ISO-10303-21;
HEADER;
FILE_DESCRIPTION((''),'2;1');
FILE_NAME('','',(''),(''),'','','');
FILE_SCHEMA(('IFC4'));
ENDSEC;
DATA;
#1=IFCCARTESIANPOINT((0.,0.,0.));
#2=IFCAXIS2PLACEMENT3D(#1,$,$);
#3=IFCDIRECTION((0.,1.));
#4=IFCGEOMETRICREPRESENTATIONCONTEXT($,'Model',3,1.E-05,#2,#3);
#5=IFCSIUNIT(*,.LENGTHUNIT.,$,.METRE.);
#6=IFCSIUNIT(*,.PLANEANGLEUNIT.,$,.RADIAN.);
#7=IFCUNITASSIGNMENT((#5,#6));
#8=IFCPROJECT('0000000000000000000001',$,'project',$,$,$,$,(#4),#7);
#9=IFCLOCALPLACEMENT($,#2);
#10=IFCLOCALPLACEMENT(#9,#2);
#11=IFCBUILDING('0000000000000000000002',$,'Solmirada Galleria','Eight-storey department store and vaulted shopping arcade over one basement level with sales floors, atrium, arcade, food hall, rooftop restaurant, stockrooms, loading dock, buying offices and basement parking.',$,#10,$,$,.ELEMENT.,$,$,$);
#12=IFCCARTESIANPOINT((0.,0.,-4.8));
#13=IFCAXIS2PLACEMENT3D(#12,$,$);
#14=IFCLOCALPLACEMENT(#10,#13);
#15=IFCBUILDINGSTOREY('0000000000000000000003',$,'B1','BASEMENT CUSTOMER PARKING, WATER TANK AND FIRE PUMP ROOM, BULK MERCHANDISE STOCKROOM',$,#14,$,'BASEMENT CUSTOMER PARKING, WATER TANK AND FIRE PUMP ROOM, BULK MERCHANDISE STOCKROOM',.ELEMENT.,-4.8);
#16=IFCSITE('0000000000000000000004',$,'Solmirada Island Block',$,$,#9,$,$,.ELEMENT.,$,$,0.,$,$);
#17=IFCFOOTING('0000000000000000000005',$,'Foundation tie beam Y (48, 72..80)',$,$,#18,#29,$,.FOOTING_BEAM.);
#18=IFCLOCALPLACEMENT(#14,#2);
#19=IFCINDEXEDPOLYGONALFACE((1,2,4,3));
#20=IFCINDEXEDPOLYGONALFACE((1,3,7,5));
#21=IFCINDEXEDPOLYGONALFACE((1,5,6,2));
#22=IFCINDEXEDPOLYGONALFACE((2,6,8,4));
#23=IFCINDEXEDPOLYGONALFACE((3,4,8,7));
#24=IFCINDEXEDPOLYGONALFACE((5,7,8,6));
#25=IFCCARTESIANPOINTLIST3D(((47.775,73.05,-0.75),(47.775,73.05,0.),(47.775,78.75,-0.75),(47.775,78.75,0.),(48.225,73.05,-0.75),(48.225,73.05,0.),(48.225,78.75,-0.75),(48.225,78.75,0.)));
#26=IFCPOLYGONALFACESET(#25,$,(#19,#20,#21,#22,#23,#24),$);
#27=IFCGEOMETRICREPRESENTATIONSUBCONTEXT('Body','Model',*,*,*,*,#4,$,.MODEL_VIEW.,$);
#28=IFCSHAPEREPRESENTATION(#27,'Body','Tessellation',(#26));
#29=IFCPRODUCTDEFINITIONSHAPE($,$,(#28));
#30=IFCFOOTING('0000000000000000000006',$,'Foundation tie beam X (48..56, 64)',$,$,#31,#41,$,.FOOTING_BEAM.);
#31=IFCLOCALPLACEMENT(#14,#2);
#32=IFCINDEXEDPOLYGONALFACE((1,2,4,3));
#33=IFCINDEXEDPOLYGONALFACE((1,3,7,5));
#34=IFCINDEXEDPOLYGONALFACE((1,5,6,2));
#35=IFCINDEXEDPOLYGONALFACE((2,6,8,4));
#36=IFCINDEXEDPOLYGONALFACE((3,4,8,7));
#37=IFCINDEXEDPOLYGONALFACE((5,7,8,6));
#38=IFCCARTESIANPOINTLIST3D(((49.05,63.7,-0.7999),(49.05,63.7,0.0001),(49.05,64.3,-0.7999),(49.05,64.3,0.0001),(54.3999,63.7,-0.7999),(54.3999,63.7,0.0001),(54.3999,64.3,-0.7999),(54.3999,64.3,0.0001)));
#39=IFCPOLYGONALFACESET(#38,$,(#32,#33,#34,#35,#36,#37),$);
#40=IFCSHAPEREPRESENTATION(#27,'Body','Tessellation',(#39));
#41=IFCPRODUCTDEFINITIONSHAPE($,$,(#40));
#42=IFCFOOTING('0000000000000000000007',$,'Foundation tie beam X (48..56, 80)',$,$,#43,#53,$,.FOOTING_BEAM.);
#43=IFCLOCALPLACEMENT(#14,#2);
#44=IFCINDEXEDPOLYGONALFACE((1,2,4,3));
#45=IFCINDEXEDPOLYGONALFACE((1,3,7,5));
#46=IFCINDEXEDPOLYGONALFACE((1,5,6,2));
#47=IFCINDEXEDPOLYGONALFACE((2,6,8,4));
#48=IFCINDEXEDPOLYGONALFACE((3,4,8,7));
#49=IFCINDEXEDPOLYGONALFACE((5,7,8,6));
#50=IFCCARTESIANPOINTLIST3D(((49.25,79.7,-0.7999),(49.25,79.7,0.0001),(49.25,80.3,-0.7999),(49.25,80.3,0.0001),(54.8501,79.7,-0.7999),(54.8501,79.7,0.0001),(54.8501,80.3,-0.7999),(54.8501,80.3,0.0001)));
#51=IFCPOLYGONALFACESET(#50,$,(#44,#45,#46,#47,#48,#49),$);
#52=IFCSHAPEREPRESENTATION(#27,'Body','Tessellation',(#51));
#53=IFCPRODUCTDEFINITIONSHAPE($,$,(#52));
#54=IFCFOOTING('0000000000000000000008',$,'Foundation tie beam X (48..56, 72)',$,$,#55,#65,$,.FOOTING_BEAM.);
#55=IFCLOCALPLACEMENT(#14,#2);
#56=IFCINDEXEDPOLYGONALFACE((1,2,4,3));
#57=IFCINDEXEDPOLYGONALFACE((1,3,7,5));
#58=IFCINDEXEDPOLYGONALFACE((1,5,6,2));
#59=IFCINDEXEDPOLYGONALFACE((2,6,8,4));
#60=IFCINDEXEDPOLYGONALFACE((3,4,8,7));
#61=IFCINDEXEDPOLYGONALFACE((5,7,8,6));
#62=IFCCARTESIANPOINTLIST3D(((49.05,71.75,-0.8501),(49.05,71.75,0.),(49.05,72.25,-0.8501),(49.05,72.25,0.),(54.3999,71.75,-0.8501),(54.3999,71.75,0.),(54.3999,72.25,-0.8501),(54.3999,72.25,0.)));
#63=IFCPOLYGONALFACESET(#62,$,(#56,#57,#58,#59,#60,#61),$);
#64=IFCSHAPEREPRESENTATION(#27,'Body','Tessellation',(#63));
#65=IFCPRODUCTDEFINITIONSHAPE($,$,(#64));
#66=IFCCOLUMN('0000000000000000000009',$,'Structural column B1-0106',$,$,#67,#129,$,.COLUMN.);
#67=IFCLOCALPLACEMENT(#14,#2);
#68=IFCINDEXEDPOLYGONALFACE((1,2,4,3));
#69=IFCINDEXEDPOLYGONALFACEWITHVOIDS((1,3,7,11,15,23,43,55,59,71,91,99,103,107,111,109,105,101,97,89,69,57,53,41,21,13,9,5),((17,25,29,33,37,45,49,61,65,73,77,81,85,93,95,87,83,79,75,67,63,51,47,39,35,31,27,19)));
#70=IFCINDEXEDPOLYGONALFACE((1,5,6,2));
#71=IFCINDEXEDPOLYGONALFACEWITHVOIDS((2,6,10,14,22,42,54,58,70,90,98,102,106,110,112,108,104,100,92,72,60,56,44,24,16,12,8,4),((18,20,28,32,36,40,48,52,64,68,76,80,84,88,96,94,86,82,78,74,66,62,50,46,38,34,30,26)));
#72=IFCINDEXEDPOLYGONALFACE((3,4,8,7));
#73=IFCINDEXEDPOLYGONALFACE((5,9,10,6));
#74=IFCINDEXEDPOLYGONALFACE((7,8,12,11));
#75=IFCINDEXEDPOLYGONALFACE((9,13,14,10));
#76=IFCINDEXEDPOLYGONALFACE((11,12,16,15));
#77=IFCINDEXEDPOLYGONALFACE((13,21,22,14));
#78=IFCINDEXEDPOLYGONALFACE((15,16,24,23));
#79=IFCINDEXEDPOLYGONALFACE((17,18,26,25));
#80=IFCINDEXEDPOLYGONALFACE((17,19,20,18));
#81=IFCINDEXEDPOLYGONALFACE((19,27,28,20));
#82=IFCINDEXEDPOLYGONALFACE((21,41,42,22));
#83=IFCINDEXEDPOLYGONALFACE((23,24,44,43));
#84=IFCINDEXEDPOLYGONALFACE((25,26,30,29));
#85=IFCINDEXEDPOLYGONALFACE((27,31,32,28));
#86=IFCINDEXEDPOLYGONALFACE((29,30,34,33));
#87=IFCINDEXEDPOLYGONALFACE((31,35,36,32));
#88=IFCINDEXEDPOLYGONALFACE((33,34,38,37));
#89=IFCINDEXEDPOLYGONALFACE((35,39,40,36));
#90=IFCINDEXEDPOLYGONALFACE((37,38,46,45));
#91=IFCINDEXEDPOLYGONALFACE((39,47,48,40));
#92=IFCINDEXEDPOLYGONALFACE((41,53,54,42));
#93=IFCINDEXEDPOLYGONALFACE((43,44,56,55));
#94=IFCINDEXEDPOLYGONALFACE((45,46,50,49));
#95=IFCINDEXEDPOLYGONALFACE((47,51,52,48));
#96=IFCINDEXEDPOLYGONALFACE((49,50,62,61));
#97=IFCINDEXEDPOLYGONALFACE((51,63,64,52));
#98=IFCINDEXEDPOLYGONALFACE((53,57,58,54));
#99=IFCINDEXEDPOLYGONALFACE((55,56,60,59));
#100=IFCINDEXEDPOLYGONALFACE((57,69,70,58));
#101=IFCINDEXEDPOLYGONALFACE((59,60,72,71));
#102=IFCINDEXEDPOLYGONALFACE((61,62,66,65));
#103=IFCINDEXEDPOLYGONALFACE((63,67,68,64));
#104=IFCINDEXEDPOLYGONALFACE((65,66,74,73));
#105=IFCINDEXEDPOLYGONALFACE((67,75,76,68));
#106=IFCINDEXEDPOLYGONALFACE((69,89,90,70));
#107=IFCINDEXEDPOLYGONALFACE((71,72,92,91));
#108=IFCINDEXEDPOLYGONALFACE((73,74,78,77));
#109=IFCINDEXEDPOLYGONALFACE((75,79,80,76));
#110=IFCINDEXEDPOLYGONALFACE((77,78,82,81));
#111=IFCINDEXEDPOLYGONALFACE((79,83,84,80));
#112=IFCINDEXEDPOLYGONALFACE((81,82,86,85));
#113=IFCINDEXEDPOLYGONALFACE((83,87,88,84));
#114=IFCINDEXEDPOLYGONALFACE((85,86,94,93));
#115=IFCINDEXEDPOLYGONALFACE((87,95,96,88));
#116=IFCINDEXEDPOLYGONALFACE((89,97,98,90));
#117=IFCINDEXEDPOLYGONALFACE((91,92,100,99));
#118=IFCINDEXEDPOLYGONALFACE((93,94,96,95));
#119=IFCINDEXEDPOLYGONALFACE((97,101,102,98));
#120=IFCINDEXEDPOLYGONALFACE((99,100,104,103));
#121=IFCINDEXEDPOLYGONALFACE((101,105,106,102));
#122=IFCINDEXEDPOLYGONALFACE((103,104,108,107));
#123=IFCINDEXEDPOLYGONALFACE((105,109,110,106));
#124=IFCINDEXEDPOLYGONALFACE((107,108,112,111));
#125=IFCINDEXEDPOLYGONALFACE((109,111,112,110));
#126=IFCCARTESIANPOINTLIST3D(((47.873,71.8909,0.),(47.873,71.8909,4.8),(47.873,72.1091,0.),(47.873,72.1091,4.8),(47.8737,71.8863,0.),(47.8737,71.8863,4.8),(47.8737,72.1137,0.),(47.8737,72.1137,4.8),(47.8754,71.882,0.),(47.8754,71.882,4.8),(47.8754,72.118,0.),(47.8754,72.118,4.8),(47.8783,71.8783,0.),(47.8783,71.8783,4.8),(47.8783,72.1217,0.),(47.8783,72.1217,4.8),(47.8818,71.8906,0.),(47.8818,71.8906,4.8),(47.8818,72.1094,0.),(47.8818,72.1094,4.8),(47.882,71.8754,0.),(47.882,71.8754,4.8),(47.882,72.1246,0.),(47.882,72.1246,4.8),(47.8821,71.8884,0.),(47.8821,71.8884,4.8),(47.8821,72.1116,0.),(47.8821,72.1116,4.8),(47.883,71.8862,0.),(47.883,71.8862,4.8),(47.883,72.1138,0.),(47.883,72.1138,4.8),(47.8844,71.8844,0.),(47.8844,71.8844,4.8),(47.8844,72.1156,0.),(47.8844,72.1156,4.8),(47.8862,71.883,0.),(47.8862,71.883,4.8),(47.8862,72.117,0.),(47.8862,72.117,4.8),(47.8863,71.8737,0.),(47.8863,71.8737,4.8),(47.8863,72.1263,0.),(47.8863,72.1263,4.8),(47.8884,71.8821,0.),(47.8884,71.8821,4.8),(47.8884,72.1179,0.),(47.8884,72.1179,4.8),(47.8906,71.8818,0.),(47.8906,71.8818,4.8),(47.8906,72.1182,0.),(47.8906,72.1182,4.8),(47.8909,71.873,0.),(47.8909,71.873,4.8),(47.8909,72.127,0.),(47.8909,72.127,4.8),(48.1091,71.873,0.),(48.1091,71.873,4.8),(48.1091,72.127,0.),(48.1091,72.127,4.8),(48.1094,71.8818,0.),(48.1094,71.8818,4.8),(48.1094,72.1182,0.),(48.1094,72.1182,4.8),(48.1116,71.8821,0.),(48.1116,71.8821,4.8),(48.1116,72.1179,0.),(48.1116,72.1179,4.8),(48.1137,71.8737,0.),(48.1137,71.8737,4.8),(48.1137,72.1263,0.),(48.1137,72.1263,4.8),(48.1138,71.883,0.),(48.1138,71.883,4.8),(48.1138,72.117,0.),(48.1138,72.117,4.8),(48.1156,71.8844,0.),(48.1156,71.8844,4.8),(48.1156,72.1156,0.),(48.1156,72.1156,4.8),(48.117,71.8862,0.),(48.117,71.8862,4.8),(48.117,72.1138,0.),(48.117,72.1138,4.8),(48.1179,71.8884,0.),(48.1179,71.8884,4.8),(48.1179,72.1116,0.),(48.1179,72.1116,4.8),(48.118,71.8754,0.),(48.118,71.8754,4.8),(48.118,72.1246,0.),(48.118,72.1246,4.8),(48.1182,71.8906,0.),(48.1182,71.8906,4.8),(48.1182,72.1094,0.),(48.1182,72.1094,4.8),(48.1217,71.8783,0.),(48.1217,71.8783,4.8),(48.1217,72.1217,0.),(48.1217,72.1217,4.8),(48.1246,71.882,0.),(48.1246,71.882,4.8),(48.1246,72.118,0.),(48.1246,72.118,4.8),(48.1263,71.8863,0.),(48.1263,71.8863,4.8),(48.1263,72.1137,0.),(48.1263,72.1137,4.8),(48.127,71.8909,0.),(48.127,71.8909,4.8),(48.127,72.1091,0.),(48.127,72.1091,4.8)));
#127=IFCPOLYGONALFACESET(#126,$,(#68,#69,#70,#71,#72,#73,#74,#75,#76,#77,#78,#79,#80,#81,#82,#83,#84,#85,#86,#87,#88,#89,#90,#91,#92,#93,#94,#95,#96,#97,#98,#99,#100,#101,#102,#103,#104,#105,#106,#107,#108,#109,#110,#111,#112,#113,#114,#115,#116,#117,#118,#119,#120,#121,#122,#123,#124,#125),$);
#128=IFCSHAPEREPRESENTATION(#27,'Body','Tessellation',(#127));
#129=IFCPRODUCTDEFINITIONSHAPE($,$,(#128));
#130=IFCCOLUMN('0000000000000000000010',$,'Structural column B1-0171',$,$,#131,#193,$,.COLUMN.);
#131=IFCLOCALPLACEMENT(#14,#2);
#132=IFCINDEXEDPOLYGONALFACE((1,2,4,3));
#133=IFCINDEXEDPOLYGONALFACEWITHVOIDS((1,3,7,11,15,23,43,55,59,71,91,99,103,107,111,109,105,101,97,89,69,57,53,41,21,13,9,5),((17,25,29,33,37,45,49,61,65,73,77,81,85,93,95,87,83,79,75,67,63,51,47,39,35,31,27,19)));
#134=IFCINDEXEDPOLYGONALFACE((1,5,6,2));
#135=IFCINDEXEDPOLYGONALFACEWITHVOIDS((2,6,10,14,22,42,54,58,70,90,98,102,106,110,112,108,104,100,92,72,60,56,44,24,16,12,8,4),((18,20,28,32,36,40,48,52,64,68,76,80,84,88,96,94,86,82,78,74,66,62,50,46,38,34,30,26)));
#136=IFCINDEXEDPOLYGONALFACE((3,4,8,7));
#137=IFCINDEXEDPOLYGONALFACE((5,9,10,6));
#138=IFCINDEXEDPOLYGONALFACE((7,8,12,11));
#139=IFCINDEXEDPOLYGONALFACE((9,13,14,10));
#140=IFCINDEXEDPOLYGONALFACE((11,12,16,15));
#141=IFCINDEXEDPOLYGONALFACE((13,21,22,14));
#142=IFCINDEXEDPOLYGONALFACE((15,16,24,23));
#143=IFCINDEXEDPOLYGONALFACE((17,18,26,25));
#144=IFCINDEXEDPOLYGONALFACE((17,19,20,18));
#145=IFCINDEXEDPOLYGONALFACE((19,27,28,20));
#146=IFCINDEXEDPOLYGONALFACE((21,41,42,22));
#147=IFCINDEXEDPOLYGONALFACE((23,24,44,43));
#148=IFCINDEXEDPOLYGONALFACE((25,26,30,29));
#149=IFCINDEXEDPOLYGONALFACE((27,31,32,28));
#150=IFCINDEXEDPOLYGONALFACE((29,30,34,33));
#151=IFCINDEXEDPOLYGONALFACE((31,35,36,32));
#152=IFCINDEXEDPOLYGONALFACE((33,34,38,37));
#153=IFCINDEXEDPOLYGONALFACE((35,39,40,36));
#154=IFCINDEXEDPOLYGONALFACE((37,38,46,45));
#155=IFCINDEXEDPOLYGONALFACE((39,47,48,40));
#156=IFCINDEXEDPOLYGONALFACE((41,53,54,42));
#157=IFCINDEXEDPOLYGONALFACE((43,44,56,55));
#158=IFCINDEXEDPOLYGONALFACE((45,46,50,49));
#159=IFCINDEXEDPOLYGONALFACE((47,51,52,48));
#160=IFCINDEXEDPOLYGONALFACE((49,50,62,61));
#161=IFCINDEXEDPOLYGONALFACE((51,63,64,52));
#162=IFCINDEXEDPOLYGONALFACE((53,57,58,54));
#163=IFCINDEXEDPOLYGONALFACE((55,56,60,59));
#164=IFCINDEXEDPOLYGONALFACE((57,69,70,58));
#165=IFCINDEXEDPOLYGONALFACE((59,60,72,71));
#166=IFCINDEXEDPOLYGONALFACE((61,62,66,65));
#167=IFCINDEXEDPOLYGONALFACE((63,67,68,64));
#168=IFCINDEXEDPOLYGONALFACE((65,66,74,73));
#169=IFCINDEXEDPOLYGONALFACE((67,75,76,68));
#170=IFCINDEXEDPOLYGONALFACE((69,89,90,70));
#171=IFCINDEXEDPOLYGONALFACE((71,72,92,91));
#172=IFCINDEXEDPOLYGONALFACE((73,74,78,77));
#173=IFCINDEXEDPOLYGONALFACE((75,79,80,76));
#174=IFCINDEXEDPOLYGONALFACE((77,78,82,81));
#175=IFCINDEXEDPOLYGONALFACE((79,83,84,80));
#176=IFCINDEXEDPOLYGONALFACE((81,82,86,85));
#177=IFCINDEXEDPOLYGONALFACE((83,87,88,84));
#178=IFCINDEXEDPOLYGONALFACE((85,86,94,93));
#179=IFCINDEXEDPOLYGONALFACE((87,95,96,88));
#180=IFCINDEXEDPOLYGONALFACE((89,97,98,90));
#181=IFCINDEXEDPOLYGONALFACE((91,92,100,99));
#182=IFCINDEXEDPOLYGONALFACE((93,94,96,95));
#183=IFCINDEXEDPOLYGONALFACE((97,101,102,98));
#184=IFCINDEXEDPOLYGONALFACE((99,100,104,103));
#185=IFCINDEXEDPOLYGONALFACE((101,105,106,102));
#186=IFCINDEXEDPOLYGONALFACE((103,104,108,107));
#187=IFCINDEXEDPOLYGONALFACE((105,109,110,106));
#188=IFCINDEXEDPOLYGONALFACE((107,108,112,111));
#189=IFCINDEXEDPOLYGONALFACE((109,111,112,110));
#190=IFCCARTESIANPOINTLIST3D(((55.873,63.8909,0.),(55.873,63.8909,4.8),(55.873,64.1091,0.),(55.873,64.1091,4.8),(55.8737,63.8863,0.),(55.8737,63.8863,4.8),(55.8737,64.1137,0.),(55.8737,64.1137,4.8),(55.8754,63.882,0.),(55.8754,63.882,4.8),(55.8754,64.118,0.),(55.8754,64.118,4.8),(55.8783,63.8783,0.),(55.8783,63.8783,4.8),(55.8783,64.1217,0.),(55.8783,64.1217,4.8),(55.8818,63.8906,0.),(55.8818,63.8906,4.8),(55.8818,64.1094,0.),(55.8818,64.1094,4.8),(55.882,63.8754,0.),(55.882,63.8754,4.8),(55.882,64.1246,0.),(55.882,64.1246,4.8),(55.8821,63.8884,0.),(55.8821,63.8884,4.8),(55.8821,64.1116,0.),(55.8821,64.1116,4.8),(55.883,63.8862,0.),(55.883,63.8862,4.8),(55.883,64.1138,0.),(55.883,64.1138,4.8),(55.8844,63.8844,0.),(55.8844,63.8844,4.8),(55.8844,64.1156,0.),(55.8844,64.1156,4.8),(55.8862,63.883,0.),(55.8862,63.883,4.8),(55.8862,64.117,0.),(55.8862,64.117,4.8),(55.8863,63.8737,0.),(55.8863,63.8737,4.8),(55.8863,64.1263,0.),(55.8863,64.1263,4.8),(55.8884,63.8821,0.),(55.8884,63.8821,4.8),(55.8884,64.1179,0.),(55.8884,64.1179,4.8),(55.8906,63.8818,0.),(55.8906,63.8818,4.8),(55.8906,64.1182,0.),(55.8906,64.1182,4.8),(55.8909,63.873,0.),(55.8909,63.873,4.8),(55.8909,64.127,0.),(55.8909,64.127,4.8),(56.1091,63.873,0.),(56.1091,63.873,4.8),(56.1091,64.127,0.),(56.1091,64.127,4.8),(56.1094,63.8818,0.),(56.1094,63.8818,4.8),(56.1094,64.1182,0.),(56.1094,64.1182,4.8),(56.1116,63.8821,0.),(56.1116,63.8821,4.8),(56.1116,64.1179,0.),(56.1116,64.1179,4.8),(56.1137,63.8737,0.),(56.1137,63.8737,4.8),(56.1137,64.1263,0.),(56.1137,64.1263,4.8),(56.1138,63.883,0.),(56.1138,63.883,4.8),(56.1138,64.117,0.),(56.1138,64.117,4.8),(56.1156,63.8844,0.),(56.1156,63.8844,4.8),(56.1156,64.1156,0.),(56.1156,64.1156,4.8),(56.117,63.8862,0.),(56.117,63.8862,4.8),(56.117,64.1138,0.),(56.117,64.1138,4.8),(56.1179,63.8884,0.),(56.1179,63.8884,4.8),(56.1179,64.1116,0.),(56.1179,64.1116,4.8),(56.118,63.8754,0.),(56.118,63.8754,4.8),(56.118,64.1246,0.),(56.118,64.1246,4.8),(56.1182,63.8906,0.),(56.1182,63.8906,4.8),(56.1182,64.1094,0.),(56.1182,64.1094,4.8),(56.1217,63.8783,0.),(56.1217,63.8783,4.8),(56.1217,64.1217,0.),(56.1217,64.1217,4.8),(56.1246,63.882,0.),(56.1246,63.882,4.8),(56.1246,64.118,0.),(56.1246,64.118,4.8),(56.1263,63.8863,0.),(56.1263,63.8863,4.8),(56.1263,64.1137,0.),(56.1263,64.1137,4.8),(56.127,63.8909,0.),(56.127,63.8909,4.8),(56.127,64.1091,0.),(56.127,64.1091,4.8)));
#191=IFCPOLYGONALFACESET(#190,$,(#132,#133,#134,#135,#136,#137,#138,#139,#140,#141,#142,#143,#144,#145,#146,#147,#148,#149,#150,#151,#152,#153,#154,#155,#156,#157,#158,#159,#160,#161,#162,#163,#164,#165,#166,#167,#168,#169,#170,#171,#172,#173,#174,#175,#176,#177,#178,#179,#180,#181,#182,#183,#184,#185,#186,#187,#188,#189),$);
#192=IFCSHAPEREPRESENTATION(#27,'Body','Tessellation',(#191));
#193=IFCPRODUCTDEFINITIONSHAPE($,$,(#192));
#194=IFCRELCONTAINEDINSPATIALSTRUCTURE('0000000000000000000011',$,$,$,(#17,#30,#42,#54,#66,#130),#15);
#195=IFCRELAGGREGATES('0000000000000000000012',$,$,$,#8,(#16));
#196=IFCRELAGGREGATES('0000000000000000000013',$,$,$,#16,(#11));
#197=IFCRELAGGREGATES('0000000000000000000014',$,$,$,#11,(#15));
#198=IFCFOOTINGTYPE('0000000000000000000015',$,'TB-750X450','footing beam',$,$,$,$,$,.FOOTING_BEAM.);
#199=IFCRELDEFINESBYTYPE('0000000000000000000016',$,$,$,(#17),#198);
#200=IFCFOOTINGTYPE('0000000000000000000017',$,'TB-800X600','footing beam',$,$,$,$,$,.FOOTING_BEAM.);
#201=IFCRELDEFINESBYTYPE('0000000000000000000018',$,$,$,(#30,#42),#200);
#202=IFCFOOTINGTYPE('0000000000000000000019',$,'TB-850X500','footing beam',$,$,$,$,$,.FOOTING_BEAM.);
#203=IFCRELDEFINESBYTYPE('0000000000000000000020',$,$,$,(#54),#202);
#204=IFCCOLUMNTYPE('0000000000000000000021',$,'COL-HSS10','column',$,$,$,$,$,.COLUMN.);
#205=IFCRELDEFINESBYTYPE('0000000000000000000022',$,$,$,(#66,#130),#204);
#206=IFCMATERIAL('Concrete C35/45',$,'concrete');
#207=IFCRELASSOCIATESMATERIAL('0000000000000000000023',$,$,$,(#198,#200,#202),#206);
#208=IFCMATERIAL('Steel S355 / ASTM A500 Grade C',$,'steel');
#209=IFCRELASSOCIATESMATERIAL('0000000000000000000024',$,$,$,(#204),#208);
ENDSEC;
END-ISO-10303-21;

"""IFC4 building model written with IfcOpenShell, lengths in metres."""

from ifc_helpers import new_model, si_unit, direction, frame, origin, origin_2d, place, context, subcontext, project, spatial, rectangle, hollow_rectangle, extrude, material, material_profile, profile_set, type_object, element, save


model = new_model("IFC4")

# Units and contexts
model_context = context("Model", 3, precision=1e-05, world=origin(), true_north=direction((0.0, 1.0)))
body_context = subcontext(model_context, "Body", "Model", "MODEL_VIEW")
ifc_project = project(units=[si_unit("LENGTHUNIT", "METRE"), si_unit("PLANEANGLEUNIT", "RADIAN")], contexts=[model_context])

# Site, building, storey
site_placement = place(None, origin())
site = spatial("IfcSite", under=ifc_project, at=site_placement, Name="Solmirada Island Block", CompositionType="ELEMENT", RefElevation=0.0)
building_placement = place(site_placement, origin())
building = spatial("IfcBuilding", under=site, at=building_placement, Name="Solmirada Galleria", Description="Eight-storey department store and vaulted shopping arcade over one basement level with sales floors, atrium, arcade, food hall, rooftop restaurant, stockrooms, loading dock, buying offices and basement parking.", CompositionType="ELEMENT")
storey_placement = place(building_placement, frame((0.0, 0.0, -4.8)))
storey = spatial("IfcBuildingStorey", under=building, at=storey_placement, Name="B1", Description="BASEMENT CUSTOMER PARKING, WATER TANK AND FIRE PUMP ROOM, BULK MERCHANDISE STOCKROOM", LongName="BASEMENT CUSTOMER PARKING, WATER TANK AND FIRE PUMP ROOM, BULK MERCHANDISE STOCKROOM", CompositionType="ELEMENT", Elevation=-4.8)

# Shared definitions
ifc_material_1 = material(Name="Concrete C35/45", Category="concrete")

# Footings
ifc_material_profile_1 = material_profile(ifc_material_1, rectangle(XDim=0.45, YDim=0.75, at=origin_2d()), Name="RC750X450")
ifc_profile_set_1 = profile_set([ifc_material_profile_1], Name="Concrete C35/45")
footing_type_1 = type_object("IfcFootingType", Name="TB-750X450", Description="footing beam", PredefinedType="FOOTING_BEAM", material=ifc_profile_set_1)
footing_1_placement = place(storey_placement, frame((48.0, 73.05, -0.375), z_axis=(0.0, 1.0, 0.0), x_axis=(-1.0, 0.0, 0.0)))
element("IfcFooting", 1, at=footing_1_placement, inside=storey, type_object=footing_type_1, Name="Foundation tie beam Y (48, 72..80)", PredefinedType="FOOTING_BEAM", context=body_context, shape_type="SweptSolid", body=[
    extrude(rectangle(XDim=0.45, YDim=0.75, at=origin_2d()), origin(), (0.0, 0.0, 1.0), 5.7),
])
ifc_material_profile_2 = material_profile(ifc_material_1, rectangle(XDim=0.6001, YDim=0.8, at=origin_2d()), Name="RC800X600")
ifc_profile_set_2 = profile_set([ifc_material_profile_2], Name="Concrete C35/45")
footing_type_2 = type_object("IfcFootingType", Name="TB-800X600", Description="footing beam", PredefinedType="FOOTING_BEAM", material=ifc_profile_set_2)
footing_2_placement = place(storey_placement, frame((49.05, 64.0, -0.3999), z_axis=(1.0, 0.0, 0.0), x_axis=(0.0, 1.0, 0.0)))
element("IfcFooting", 2, at=footing_2_placement, inside=storey, type_object=footing_type_2, Name="Foundation tie beam X (48..56, 64)", PredefinedType="FOOTING_BEAM", context=body_context, shape_type="SweptSolid", body=[
    extrude(rectangle(XDim=0.6001, YDim=0.8, at=origin_2d()), origin(), (0.0, 0.0, 1.0), 5.3499),
])
footing_3_placement = place(storey_placement, frame((49.25, 80.0, -0.3999), z_axis=(1.0, 0.0, 0.0), x_axis=(0.0, 1.0, 0.0)))
element("IfcFooting", 3, at=footing_3_placement, inside=storey, type_object=footing_type_2, Name="Foundation tie beam X (48..56, 80)", PredefinedType="FOOTING_BEAM", context=body_context, shape_type="SweptSolid", body=[
    extrude(rectangle(XDim=0.6001, YDim=0.8, at=origin_2d()), origin(), (0.0, 0.0, 1.0), 5.6001),
])
ifc_material_profile_3 = material_profile(ifc_material_1, rectangle(XDim=0.5, YDim=0.8501, at=origin_2d()), Name="RC850X500")
ifc_profile_set_3 = profile_set([ifc_material_profile_3], Name="Concrete C35/45")
footing_type_3 = type_object("IfcFootingType", Name="TB-850X500", Description="footing beam", PredefinedType="FOOTING_BEAM", material=ifc_profile_set_3)
footing_4_placement = place(storey_placement, frame((49.05, 72.0, -0.425), z_axis=(1.0, 0.0, 0.0), x_axis=(0.0, 1.0, 0.0)))
element("IfcFooting", 4, at=footing_4_placement, inside=storey, type_object=footing_type_3, Name="Foundation tie beam X (48..56, 72)", PredefinedType="FOOTING_BEAM", context=body_context, shape_type="SweptSolid", body=[
    extrude(rectangle(XDim=0.5, YDim=0.8501, at=origin_2d()), origin(), (0.0, 0.0, 1.0), 5.3499),
])

# Columns
ifc_material_2 = material(Name="Steel S355 / ASTM A500 Grade C", Category="steel")
ifc_material_profile_4 = material_profile(ifc_material_2, hollow_rectangle(XDim=0.2539, YDim=0.2539, WallThickness=0.0088, InnerFilletRadius=0.0088, OuterFilletRadius=0.0178, at=origin_2d()), Name="HSS10X10X3/8")
ifc_profile_set_4 = profile_set([ifc_material_profile_4], Name="Steel S355 / ASTM A500 Grade C")
column_type_1 = type_object("IfcColumnType", Name="COL-HSS10", Description="column", PredefinedType="COLUMN", material=ifc_profile_set_4)
for number, where, z_axis, x_axis, name in (
    (5, (48.0, 72.0, 0.0), (0.0, 0.0, 1.0), (1.0, 0.0, 0.0), "Structural column B1-0106"),
    (6, (56.0, 64.0, 0.0), (0.0, 0.0, 1.0), (1.0, 0.0, 0.0), "Structural column B1-0171"),
):
    element("IfcColumn", number, at=place(storey_placement, frame(where, z_axis=z_axis, x_axis=x_axis)), inside=storey, type_object=column_type_1, Name=name, PredefinedType="COLUMN", context=body_context, shape_type="SweptSolid", body=[
        extrude(hollow_rectangle(XDim=0.2539, YDim=0.2539, WallThickness=0.0088, InnerFilletRadius=0.0088, OuterFilletRadius=0.0178, at=origin_2d()), origin(), (0.0, 0.0, 1.0), 4.8),
    ])

save(model, "model.ifc")
